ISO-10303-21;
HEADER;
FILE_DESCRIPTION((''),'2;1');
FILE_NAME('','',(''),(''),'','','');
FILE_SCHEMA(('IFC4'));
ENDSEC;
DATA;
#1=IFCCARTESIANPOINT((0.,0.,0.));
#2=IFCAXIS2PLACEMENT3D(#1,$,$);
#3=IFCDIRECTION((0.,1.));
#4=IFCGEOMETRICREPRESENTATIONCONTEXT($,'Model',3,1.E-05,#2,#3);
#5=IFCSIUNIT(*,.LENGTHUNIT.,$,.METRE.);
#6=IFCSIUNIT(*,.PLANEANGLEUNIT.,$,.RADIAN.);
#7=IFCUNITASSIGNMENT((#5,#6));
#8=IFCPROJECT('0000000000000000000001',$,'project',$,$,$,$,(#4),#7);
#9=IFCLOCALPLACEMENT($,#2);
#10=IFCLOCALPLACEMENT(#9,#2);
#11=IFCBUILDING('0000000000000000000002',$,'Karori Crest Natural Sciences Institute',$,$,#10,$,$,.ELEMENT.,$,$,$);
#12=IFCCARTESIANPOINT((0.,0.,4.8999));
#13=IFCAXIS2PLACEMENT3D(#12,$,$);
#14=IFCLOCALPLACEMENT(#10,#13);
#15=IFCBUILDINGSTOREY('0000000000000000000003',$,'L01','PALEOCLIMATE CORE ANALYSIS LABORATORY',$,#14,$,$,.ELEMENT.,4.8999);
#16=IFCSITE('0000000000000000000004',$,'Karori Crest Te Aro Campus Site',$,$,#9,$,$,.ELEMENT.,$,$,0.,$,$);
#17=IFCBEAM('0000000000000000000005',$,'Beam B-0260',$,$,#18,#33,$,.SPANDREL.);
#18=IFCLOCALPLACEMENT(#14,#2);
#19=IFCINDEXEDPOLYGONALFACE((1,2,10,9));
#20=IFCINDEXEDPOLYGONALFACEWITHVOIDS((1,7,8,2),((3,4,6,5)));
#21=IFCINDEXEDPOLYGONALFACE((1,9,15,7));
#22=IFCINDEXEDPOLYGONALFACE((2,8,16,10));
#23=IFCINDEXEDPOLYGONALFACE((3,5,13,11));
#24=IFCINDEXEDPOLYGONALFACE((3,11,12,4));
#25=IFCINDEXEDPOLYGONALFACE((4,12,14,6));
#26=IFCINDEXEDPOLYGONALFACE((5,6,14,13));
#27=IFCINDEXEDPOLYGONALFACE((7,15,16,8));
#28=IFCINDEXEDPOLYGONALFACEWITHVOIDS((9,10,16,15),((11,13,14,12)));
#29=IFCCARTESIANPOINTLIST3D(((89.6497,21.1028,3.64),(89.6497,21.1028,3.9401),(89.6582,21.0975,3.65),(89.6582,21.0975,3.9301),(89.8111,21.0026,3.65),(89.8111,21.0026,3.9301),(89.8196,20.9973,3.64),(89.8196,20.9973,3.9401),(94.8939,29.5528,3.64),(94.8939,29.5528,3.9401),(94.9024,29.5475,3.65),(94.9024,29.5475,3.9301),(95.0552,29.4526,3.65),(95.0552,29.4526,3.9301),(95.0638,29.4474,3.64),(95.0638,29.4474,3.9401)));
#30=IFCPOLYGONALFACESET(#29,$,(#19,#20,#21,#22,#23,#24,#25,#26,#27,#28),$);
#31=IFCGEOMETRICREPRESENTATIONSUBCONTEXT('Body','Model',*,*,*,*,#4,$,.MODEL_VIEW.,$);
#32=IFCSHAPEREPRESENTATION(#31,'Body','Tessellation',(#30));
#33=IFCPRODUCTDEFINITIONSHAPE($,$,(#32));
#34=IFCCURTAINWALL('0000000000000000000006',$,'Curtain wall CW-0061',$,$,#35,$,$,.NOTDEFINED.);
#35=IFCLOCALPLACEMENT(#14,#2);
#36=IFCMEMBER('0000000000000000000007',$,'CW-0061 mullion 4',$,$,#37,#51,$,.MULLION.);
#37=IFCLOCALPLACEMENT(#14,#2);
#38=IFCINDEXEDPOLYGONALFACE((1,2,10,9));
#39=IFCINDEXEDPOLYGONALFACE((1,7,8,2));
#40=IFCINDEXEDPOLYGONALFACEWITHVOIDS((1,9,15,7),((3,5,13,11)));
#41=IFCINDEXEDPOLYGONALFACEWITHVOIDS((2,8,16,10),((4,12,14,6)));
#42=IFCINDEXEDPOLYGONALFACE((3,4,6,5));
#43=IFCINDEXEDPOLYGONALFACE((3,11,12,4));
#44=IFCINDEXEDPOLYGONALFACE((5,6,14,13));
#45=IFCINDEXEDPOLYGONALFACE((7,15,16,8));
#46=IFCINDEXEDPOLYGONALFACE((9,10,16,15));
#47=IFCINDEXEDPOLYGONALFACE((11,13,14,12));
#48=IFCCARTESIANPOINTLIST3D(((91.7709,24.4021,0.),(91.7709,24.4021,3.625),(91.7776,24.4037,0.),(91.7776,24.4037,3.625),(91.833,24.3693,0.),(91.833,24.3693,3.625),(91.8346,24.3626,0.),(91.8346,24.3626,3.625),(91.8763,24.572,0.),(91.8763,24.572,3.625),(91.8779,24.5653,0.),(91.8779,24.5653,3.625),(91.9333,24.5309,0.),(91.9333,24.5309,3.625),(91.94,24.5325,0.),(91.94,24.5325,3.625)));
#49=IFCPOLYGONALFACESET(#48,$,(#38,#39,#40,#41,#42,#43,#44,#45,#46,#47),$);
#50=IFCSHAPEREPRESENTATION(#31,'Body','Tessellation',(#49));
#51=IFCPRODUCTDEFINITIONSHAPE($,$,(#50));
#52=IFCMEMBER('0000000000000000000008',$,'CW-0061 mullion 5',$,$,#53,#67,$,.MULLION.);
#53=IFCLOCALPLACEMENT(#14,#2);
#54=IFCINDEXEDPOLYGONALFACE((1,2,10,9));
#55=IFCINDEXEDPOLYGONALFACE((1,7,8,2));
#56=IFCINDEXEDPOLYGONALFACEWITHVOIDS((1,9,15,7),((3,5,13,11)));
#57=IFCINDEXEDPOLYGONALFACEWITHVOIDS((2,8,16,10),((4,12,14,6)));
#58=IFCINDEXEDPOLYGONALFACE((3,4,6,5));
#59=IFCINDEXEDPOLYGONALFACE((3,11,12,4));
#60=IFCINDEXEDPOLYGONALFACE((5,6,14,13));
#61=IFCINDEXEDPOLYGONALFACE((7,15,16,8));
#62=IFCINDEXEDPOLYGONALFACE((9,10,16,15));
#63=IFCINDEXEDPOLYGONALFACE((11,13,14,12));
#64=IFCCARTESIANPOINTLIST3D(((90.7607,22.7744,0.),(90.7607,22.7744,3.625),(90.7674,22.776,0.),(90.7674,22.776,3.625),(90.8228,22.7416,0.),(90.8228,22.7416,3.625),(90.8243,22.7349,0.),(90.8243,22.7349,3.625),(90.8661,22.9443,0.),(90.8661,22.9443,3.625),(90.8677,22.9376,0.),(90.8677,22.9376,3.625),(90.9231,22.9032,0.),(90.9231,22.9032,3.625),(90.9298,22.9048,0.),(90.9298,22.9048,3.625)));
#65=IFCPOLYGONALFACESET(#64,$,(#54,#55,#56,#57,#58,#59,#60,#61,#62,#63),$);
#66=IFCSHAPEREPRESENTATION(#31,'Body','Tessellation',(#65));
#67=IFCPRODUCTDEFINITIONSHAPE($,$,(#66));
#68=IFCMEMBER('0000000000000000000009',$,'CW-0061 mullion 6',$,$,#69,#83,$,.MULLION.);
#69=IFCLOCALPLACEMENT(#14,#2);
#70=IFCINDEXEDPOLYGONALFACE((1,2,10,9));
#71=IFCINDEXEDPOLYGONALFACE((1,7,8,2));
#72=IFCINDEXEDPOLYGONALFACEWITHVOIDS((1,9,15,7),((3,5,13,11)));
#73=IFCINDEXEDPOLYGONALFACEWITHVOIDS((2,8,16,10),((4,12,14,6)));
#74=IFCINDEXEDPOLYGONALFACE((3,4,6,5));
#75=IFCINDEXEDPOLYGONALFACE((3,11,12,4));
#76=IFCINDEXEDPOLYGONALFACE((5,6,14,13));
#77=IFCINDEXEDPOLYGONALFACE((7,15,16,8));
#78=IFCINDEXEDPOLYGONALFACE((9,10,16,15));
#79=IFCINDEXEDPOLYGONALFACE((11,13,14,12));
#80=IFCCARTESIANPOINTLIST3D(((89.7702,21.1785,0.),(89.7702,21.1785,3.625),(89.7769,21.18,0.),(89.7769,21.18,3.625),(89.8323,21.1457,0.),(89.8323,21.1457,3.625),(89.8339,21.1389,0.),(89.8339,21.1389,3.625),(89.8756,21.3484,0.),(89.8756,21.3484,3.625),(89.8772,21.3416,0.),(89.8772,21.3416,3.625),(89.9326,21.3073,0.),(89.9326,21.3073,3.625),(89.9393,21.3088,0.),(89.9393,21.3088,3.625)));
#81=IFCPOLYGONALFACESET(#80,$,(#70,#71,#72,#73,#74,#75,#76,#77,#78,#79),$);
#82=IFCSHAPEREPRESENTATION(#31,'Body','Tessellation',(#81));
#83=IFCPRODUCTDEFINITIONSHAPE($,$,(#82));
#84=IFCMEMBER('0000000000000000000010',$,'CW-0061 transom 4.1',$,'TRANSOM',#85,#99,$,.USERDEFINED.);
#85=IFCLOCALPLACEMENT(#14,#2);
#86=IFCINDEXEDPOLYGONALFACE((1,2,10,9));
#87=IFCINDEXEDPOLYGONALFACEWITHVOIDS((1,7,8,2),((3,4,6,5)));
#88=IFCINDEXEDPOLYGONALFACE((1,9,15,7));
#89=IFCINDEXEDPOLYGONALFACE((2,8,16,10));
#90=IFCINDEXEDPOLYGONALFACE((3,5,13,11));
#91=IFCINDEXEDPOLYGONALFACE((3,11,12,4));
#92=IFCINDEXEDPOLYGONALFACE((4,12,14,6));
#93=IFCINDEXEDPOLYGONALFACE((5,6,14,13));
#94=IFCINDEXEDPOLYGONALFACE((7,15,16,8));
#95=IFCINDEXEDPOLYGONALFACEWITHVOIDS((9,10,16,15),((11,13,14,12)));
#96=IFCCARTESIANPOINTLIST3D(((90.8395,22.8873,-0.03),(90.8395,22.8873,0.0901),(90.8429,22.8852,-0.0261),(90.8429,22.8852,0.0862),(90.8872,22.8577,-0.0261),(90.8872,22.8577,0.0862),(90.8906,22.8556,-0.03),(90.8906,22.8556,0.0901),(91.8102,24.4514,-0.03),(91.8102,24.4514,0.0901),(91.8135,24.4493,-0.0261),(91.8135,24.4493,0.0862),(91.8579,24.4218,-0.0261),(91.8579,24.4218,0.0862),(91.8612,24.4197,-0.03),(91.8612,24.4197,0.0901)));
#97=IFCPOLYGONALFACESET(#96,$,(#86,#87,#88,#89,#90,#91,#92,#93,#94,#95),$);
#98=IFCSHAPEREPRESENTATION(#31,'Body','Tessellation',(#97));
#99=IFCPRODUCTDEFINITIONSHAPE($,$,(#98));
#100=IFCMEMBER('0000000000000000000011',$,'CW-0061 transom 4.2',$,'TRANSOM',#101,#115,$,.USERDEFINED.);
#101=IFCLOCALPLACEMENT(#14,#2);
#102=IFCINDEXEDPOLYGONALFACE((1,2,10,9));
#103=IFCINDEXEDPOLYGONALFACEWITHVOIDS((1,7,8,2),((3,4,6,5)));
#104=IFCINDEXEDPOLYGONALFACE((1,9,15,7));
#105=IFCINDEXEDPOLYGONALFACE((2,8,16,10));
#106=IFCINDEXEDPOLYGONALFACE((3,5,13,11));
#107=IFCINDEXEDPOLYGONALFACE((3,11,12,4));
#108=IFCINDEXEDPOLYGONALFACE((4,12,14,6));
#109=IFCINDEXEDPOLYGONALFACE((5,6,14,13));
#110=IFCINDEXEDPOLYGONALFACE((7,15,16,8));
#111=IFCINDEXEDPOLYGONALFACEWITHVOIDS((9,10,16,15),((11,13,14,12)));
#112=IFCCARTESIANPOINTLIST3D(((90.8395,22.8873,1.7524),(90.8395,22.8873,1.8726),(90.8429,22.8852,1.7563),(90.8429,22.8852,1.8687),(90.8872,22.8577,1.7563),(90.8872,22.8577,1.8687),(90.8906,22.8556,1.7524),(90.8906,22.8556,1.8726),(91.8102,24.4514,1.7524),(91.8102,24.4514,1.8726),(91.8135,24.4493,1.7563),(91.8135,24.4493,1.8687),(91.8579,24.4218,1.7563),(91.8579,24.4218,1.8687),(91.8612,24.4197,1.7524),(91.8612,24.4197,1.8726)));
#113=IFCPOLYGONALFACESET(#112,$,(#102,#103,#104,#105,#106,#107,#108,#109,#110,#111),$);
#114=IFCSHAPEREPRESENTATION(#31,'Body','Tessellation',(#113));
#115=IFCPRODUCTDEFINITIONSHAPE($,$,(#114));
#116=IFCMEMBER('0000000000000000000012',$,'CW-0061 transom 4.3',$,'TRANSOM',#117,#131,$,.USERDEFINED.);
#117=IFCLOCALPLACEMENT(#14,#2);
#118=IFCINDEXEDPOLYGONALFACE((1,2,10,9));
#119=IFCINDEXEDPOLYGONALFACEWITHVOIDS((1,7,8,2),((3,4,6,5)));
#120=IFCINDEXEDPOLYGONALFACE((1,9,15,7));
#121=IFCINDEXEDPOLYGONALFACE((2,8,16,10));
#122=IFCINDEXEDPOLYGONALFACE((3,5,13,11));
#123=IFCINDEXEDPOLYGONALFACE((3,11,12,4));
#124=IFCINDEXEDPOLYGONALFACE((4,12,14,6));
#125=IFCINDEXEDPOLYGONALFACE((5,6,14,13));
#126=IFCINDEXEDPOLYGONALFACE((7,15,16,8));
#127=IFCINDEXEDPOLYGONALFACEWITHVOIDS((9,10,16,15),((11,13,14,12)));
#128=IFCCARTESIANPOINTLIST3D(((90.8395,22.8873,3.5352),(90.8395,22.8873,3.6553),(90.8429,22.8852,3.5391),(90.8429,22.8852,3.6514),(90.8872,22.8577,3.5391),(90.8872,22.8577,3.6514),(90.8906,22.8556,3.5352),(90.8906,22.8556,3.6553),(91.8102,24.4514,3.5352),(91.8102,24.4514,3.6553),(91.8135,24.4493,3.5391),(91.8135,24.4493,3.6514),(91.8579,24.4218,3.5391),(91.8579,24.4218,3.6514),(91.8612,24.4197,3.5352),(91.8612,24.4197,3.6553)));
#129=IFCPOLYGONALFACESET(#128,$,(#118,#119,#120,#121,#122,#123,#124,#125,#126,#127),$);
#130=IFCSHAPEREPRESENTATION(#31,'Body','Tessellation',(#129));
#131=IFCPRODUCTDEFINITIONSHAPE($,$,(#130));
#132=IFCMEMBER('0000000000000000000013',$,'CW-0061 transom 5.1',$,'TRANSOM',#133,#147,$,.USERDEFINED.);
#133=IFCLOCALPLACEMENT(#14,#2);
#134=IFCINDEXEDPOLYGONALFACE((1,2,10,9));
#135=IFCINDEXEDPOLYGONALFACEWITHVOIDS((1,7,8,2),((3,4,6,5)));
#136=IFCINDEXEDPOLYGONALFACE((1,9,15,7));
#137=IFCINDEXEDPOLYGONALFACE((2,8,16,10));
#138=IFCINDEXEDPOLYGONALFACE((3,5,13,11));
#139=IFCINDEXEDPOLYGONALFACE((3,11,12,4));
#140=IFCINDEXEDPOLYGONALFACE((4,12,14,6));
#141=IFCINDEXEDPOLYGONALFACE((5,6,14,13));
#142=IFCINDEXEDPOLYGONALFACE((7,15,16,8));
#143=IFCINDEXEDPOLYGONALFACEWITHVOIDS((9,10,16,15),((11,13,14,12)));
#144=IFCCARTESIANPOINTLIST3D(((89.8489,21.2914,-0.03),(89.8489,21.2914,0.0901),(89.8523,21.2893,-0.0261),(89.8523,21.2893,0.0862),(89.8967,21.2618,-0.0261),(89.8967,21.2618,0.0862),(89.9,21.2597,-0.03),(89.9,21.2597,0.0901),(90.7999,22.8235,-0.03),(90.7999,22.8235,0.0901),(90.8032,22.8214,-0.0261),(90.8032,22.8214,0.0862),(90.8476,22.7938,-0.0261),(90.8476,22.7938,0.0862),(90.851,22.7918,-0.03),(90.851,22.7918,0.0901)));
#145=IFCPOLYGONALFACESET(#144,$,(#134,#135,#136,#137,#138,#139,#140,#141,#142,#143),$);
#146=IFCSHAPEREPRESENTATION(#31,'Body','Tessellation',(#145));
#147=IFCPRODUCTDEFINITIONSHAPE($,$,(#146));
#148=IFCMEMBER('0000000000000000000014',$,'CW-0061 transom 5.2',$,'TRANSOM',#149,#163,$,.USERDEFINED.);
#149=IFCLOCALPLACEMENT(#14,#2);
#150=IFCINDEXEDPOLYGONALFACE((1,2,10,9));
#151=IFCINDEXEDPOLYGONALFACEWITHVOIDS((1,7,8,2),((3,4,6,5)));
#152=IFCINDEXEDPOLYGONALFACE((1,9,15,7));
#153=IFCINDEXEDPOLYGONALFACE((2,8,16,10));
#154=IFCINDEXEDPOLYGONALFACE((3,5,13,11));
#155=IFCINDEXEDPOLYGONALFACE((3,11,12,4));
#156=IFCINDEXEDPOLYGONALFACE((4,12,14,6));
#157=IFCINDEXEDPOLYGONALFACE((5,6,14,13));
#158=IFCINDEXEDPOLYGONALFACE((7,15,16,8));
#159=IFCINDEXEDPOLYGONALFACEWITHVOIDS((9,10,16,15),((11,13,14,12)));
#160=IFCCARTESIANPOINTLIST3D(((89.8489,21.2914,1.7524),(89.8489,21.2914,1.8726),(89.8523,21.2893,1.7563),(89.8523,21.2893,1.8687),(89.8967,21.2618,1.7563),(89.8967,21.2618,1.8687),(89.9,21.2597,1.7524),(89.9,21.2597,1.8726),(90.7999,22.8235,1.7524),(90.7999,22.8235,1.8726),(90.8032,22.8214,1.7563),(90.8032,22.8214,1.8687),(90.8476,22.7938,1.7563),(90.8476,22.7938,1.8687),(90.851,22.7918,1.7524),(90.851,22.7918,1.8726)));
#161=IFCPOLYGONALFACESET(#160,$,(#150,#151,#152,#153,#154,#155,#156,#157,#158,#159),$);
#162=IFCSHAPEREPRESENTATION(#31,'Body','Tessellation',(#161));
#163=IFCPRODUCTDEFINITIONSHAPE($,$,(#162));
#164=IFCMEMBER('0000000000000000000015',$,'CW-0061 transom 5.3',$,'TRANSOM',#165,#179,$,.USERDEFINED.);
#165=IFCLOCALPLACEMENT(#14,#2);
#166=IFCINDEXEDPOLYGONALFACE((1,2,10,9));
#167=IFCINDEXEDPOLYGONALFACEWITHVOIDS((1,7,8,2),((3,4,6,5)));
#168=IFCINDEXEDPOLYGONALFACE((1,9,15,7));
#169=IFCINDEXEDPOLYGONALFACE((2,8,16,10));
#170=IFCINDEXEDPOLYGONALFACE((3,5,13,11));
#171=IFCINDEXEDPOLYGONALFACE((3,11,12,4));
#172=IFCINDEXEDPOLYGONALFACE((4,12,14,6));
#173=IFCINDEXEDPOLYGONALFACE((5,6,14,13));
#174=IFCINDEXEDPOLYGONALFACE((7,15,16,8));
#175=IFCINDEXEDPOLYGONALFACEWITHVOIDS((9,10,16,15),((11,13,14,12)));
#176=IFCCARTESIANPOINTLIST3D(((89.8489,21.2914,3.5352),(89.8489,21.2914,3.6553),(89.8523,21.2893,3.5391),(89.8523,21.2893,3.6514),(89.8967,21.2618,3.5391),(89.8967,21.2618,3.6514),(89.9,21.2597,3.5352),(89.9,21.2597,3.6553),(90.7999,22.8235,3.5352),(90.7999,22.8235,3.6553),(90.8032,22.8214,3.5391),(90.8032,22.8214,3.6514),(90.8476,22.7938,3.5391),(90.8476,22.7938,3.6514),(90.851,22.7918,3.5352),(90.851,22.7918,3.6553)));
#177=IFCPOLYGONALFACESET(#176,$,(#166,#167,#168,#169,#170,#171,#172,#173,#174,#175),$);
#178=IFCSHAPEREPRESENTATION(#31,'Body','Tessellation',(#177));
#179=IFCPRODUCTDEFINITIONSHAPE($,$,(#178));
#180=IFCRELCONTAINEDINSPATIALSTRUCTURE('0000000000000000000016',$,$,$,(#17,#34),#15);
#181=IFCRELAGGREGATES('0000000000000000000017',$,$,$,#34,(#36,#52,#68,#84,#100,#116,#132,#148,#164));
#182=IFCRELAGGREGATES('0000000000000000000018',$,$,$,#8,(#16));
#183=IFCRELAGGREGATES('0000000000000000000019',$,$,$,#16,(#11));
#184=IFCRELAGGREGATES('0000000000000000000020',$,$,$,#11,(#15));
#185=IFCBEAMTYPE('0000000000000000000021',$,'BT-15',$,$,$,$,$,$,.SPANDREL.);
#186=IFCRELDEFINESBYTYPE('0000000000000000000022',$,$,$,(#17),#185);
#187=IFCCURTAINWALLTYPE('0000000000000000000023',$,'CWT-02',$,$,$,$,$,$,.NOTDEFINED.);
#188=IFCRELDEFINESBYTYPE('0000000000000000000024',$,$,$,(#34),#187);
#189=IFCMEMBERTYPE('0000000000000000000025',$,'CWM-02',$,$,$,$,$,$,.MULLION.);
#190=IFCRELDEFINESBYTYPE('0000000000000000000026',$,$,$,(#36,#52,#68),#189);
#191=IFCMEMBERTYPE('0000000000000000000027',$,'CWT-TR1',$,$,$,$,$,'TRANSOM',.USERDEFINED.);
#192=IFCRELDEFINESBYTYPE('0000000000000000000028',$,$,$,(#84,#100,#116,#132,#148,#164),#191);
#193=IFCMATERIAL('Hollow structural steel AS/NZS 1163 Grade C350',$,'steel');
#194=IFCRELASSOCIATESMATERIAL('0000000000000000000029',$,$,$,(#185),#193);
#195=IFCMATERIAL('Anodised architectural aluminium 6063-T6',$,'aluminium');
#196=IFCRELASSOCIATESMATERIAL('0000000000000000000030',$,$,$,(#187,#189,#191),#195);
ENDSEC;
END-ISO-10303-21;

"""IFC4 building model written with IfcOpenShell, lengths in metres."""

from ifc_helpers import new_model, si_unit, direction, frame, origin, origin_2d, place, context, subcontext, project, spatial, hollow_rectangle, extrude, material, material_profile, profile_set, type_object, element, aggregate, save


model = new_model("IFC4")

# Units and contexts
model_context = context("Model", 3, precision=1e-05, world=origin(), true_north=direction((0.0, 1.0)))
body_context = subcontext(model_context, "Body", "Model", "MODEL_VIEW")
ifc_project = project(units=[si_unit("LENGTHUNIT", "METRE"), si_unit("PLANEANGLEUNIT", "RADIAN")], contexts=[model_context])

# Site, building, storey
site_placement = place(None, origin())
site = spatial("IfcSite", under=ifc_project, at=site_placement, Name="Karori Crest Te Aro Campus Site", CompositionType="ELEMENT", RefElevation=0.0)
building_placement = place(site_placement, origin())
building = spatial("IfcBuilding", under=site, at=building_placement, Name="Karori Crest Natural Sciences Institute", CompositionType="ELEMENT")
storey_placement = place(building_placement, frame((0.0, 0.0, 4.8999)))
storey = spatial("IfcBuildingStorey", under=building, at=storey_placement, Name="L01", Description="PALEOCLIMATE CORE ANALYSIS LABORATORY", CompositionType="ELEMENT", Elevation=4.8999)

# Beam
ifc_material_1 = material(Name="Hollow structural steel AS/NZS 1163 Grade C350", Category="steel")
ifc_material_profile_1 = material_profile(ifc_material_1, hollow_rectangle(XDim=0.2, YDim=0.3, WallThickness=0.01, at=origin_2d()), Name="RHS300x200x10")
ifc_profile_set_1 = profile_set([ifc_material_profile_1], Name="Hollow structural steel AS/NZS 1163 Grade C350")
beam_type = type_object("IfcBeamType", Name="BT-15", PredefinedType="SPANDREL", material=ifc_profile_set_1)
beam_placement = place(storey_placement, frame((89.7346, 21.05, 3.79), z_axis=(0.527315, 0.84967, 0.0), x_axis=(-0.84967, 0.527315, 0.0)))
element("IfcBeam", 1, at=beam_placement, inside=storey, type_object=beam_type, Name="Beam B-0260", PredefinedType="SPANDREL", context=body_context, shape_type="SweptSolid", body=[
    extrude(hollow_rectangle(XDim=0.2, YDim=0.3, WallThickness=0.01, at=origin_2d()), origin(), (0.0, 0.0, 1.0), 9.9451),
])

# Curtain wall, members
ifc_material_2 = material(Name="Anodised architectural aluminium 6063-T6", Category="aluminium")
curtain_wall_type = type_object("IfcCurtainWallType", Name="CWT-02", PredefinedType="NOTDEFINED", material=ifc_material_2)
curtain_wall_placement = place(storey_placement, origin())
curtain_wall = element("IfcCurtainWall", 2, at=curtain_wall_placement, inside=storey, type_object=curtain_wall_type, Name="Curtain wall CW-0061", PredefinedType="NOTDEFINED")
ifc_material_profile_2 = material_profile(ifc_material_2, hollow_rectangle(XDim=0.075, YDim=0.2, WallThickness=0.0049, at=origin_2d()), Name="CWM200x75x5")
ifc_profile_set_2 = profile_set([ifc_material_profile_2], Name="Anodised architectural aluminium 6063-T6")
member_type_1 = type_object("IfcMemberType", Name="CWM-02", PredefinedType="MULLION", material=ifc_profile_set_2)
member_1_placement = place(storey_placement, frame((91.8555, 24.4673, 0.0), z_axis=(0.0, 0.0, 1.0), x_axis=(0.849662, -0.527328, 0.0)))
member_1 = element("IfcMember", 3, at=member_1_placement, type_object=member_type_1, Name="CW-0061 mullion 4", PredefinedType="MULLION", context=body_context, shape_type="SweptSolid", body=[
    extrude(hollow_rectangle(XDim=0.075, YDim=0.2, WallThickness=0.0049, at=origin_2d()), origin(), (0.0, 0.0, 1.0), 3.625),
])
member_2_placement = place(storey_placement, frame((90.8452, 22.8396, 0.0), z_axis=(0.0, 0.0, 1.0), x_axis=(0.849662, -0.527328, 0.0)))
member_2 = element("IfcMember", 4, at=member_2_placement, type_object=member_type_1, Name="CW-0061 mullion 5", PredefinedType="MULLION", context=body_context, shape_type="SweptSolid", body=[
    extrude(hollow_rectangle(XDim=0.075, YDim=0.2, WallThickness=0.0049, at=origin_2d()), origin(), (0.0, 0.0, 1.0), 3.625),
])
member_3_placement = place(storey_placement, frame((89.8547, 21.2437, 0.0), z_axis=(0.0, 0.0, 1.0), x_axis=(0.849662, -0.527328, 0.0)))
member_3 = element("IfcMember", 5, at=member_3_placement, type_object=member_type_1, Name="CW-0061 mullion 6", PredefinedType="MULLION", context=body_context, shape_type="SweptSolid", body=[
    extrude(hollow_rectangle(XDim=0.075, YDim=0.2, WallThickness=0.0049, at=origin_2d()), origin(), (0.0, 0.0, 1.0), 3.625),
])
ifc_material_profile_3 = material_profile(ifc_material_2, hollow_rectangle(XDim=0.0601, YDim=0.1201, WallThickness=0.0039, at=origin_2d()), Name="CWT120x60x4")
ifc_profile_set_3 = profile_set([ifc_material_profile_3], Name="Anodised architectural aluminium 6063-T6")
member_type_2 = type_object("IfcMemberType", Name="CWT-TR1", ElementType="TRANSOM", PredefinedType="USERDEFINED", material=ifc_profile_set_3)
member_4_placement = place(storey_placement, frame((91.8357, 24.4355, 0.03), z_axis=(-0.52729, -0.849685, 0.0), x_axis=(0.849685, -0.52729, 0.0)))
member_4 = element("IfcMember", 6, at=member_4_placement, type_object=member_type_2, Name="CW-0061 transom 4.1", ObjectType="TRANSOM", PredefinedType="USERDEFINED", context=body_context, shape_type="SweptSolid", body=[
    extrude(hollow_rectangle(XDim=0.0601, YDim=0.1201, WallThickness=0.0039, at=origin_2d()), origin(), (0.0, 0.0, 1.0), 1.8408),
])
member_5_placement = place(storey_placement, frame((91.8357, 24.4355, 1.8125), z_axis=(-0.52729, -0.849685, 0.0), x_axis=(0.849685, -0.52729, 0.0)))
member_5 = element("IfcMember", 7, at=member_5_placement, type_object=member_type_2, Name="CW-0061 transom 4.2", ObjectType="TRANSOM", PredefinedType="USERDEFINED", context=body_context, shape_type="SweptSolid", body=[
    extrude(hollow_rectangle(XDim=0.0601, YDim=0.1201, WallThickness=0.0039, at=origin_2d()), origin(), (0.0, 0.0, 1.0), 1.8408),
])
member_6_placement = place(storey_placement, frame((91.8357, 24.4355, 3.5952), z_axis=(-0.52729, -0.849685, 0.0), x_axis=(0.849685, -0.52729, 0.0)))
member_6 = element("IfcMember", 8, at=member_6_placement, type_object=member_type_2, Name="CW-0061 transom 4.3", ObjectType="TRANSOM", PredefinedType="USERDEFINED", context=body_context, shape_type="SweptSolid", body=[
    extrude(hollow_rectangle(XDim=0.0601, YDim=0.1201, WallThickness=0.0039, at=origin_2d()), origin(), (0.0, 0.0, 1.0), 1.8408),
])
member_7_placement = place(storey_placement, frame((90.8254, 22.8076, 0.03), z_axis=(-0.52738, -0.84963, 0.0), x_axis=(0.84963, -0.52738, 0.0)))
member_7 = element("IfcMember", 9, at=member_7_placement, type_object=member_type_2, Name="CW-0061 transom 5.1", ObjectType="TRANSOM", PredefinedType="USERDEFINED", context=body_context, shape_type="SweptSolid", body=[
    extrude(hollow_rectangle(XDim=0.0601, YDim=0.1201, WallThickness=0.0039, at=origin_2d()), origin(), (0.0, 0.0, 1.0), 1.8032),
])
member_8_placement = place(storey_placement, frame((90.8254, 22.8076, 1.8125), z_axis=(-0.52738, -0.84963, 0.0), x_axis=(0.84963, -0.52738, 0.0)))
member_8 = element("IfcMember", 10, at=member_8_placement, type_object=member_type_2, Name="CW-0061 transom 5.2", ObjectType="TRANSOM", PredefinedType="USERDEFINED", context=body_context, shape_type="SweptSolid", body=[
    extrude(hollow_rectangle(XDim=0.0601, YDim=0.1201, WallThickness=0.0039, at=origin_2d()), origin(), (0.0, 0.0, 1.0), 1.8032),
])
member_9_placement = place(storey_placement, frame((90.8254, 22.8076, 3.5952), z_axis=(-0.52738, -0.84963, 0.0), x_axis=(0.84963, -0.52738, 0.0)))
member_9 = element("IfcMember", 11, at=member_9_placement, type_object=member_type_2, Name="CW-0061 transom 5.3", ObjectType="TRANSOM", PredefinedType="USERDEFINED", context=body_context, shape_type="SweptSolid", body=[
    extrude(hollow_rectangle(XDim=0.0601, YDim=0.1201, WallThickness=0.0039, at=origin_2d()), origin(), (0.0, 0.0, 1.0), 1.8032),
])
aggregate(curtain_wall, [member_1, member_2, member_3, member_4, member_5, member_6, member_7, member_8, member_9])

save(model, "model.ifc")
